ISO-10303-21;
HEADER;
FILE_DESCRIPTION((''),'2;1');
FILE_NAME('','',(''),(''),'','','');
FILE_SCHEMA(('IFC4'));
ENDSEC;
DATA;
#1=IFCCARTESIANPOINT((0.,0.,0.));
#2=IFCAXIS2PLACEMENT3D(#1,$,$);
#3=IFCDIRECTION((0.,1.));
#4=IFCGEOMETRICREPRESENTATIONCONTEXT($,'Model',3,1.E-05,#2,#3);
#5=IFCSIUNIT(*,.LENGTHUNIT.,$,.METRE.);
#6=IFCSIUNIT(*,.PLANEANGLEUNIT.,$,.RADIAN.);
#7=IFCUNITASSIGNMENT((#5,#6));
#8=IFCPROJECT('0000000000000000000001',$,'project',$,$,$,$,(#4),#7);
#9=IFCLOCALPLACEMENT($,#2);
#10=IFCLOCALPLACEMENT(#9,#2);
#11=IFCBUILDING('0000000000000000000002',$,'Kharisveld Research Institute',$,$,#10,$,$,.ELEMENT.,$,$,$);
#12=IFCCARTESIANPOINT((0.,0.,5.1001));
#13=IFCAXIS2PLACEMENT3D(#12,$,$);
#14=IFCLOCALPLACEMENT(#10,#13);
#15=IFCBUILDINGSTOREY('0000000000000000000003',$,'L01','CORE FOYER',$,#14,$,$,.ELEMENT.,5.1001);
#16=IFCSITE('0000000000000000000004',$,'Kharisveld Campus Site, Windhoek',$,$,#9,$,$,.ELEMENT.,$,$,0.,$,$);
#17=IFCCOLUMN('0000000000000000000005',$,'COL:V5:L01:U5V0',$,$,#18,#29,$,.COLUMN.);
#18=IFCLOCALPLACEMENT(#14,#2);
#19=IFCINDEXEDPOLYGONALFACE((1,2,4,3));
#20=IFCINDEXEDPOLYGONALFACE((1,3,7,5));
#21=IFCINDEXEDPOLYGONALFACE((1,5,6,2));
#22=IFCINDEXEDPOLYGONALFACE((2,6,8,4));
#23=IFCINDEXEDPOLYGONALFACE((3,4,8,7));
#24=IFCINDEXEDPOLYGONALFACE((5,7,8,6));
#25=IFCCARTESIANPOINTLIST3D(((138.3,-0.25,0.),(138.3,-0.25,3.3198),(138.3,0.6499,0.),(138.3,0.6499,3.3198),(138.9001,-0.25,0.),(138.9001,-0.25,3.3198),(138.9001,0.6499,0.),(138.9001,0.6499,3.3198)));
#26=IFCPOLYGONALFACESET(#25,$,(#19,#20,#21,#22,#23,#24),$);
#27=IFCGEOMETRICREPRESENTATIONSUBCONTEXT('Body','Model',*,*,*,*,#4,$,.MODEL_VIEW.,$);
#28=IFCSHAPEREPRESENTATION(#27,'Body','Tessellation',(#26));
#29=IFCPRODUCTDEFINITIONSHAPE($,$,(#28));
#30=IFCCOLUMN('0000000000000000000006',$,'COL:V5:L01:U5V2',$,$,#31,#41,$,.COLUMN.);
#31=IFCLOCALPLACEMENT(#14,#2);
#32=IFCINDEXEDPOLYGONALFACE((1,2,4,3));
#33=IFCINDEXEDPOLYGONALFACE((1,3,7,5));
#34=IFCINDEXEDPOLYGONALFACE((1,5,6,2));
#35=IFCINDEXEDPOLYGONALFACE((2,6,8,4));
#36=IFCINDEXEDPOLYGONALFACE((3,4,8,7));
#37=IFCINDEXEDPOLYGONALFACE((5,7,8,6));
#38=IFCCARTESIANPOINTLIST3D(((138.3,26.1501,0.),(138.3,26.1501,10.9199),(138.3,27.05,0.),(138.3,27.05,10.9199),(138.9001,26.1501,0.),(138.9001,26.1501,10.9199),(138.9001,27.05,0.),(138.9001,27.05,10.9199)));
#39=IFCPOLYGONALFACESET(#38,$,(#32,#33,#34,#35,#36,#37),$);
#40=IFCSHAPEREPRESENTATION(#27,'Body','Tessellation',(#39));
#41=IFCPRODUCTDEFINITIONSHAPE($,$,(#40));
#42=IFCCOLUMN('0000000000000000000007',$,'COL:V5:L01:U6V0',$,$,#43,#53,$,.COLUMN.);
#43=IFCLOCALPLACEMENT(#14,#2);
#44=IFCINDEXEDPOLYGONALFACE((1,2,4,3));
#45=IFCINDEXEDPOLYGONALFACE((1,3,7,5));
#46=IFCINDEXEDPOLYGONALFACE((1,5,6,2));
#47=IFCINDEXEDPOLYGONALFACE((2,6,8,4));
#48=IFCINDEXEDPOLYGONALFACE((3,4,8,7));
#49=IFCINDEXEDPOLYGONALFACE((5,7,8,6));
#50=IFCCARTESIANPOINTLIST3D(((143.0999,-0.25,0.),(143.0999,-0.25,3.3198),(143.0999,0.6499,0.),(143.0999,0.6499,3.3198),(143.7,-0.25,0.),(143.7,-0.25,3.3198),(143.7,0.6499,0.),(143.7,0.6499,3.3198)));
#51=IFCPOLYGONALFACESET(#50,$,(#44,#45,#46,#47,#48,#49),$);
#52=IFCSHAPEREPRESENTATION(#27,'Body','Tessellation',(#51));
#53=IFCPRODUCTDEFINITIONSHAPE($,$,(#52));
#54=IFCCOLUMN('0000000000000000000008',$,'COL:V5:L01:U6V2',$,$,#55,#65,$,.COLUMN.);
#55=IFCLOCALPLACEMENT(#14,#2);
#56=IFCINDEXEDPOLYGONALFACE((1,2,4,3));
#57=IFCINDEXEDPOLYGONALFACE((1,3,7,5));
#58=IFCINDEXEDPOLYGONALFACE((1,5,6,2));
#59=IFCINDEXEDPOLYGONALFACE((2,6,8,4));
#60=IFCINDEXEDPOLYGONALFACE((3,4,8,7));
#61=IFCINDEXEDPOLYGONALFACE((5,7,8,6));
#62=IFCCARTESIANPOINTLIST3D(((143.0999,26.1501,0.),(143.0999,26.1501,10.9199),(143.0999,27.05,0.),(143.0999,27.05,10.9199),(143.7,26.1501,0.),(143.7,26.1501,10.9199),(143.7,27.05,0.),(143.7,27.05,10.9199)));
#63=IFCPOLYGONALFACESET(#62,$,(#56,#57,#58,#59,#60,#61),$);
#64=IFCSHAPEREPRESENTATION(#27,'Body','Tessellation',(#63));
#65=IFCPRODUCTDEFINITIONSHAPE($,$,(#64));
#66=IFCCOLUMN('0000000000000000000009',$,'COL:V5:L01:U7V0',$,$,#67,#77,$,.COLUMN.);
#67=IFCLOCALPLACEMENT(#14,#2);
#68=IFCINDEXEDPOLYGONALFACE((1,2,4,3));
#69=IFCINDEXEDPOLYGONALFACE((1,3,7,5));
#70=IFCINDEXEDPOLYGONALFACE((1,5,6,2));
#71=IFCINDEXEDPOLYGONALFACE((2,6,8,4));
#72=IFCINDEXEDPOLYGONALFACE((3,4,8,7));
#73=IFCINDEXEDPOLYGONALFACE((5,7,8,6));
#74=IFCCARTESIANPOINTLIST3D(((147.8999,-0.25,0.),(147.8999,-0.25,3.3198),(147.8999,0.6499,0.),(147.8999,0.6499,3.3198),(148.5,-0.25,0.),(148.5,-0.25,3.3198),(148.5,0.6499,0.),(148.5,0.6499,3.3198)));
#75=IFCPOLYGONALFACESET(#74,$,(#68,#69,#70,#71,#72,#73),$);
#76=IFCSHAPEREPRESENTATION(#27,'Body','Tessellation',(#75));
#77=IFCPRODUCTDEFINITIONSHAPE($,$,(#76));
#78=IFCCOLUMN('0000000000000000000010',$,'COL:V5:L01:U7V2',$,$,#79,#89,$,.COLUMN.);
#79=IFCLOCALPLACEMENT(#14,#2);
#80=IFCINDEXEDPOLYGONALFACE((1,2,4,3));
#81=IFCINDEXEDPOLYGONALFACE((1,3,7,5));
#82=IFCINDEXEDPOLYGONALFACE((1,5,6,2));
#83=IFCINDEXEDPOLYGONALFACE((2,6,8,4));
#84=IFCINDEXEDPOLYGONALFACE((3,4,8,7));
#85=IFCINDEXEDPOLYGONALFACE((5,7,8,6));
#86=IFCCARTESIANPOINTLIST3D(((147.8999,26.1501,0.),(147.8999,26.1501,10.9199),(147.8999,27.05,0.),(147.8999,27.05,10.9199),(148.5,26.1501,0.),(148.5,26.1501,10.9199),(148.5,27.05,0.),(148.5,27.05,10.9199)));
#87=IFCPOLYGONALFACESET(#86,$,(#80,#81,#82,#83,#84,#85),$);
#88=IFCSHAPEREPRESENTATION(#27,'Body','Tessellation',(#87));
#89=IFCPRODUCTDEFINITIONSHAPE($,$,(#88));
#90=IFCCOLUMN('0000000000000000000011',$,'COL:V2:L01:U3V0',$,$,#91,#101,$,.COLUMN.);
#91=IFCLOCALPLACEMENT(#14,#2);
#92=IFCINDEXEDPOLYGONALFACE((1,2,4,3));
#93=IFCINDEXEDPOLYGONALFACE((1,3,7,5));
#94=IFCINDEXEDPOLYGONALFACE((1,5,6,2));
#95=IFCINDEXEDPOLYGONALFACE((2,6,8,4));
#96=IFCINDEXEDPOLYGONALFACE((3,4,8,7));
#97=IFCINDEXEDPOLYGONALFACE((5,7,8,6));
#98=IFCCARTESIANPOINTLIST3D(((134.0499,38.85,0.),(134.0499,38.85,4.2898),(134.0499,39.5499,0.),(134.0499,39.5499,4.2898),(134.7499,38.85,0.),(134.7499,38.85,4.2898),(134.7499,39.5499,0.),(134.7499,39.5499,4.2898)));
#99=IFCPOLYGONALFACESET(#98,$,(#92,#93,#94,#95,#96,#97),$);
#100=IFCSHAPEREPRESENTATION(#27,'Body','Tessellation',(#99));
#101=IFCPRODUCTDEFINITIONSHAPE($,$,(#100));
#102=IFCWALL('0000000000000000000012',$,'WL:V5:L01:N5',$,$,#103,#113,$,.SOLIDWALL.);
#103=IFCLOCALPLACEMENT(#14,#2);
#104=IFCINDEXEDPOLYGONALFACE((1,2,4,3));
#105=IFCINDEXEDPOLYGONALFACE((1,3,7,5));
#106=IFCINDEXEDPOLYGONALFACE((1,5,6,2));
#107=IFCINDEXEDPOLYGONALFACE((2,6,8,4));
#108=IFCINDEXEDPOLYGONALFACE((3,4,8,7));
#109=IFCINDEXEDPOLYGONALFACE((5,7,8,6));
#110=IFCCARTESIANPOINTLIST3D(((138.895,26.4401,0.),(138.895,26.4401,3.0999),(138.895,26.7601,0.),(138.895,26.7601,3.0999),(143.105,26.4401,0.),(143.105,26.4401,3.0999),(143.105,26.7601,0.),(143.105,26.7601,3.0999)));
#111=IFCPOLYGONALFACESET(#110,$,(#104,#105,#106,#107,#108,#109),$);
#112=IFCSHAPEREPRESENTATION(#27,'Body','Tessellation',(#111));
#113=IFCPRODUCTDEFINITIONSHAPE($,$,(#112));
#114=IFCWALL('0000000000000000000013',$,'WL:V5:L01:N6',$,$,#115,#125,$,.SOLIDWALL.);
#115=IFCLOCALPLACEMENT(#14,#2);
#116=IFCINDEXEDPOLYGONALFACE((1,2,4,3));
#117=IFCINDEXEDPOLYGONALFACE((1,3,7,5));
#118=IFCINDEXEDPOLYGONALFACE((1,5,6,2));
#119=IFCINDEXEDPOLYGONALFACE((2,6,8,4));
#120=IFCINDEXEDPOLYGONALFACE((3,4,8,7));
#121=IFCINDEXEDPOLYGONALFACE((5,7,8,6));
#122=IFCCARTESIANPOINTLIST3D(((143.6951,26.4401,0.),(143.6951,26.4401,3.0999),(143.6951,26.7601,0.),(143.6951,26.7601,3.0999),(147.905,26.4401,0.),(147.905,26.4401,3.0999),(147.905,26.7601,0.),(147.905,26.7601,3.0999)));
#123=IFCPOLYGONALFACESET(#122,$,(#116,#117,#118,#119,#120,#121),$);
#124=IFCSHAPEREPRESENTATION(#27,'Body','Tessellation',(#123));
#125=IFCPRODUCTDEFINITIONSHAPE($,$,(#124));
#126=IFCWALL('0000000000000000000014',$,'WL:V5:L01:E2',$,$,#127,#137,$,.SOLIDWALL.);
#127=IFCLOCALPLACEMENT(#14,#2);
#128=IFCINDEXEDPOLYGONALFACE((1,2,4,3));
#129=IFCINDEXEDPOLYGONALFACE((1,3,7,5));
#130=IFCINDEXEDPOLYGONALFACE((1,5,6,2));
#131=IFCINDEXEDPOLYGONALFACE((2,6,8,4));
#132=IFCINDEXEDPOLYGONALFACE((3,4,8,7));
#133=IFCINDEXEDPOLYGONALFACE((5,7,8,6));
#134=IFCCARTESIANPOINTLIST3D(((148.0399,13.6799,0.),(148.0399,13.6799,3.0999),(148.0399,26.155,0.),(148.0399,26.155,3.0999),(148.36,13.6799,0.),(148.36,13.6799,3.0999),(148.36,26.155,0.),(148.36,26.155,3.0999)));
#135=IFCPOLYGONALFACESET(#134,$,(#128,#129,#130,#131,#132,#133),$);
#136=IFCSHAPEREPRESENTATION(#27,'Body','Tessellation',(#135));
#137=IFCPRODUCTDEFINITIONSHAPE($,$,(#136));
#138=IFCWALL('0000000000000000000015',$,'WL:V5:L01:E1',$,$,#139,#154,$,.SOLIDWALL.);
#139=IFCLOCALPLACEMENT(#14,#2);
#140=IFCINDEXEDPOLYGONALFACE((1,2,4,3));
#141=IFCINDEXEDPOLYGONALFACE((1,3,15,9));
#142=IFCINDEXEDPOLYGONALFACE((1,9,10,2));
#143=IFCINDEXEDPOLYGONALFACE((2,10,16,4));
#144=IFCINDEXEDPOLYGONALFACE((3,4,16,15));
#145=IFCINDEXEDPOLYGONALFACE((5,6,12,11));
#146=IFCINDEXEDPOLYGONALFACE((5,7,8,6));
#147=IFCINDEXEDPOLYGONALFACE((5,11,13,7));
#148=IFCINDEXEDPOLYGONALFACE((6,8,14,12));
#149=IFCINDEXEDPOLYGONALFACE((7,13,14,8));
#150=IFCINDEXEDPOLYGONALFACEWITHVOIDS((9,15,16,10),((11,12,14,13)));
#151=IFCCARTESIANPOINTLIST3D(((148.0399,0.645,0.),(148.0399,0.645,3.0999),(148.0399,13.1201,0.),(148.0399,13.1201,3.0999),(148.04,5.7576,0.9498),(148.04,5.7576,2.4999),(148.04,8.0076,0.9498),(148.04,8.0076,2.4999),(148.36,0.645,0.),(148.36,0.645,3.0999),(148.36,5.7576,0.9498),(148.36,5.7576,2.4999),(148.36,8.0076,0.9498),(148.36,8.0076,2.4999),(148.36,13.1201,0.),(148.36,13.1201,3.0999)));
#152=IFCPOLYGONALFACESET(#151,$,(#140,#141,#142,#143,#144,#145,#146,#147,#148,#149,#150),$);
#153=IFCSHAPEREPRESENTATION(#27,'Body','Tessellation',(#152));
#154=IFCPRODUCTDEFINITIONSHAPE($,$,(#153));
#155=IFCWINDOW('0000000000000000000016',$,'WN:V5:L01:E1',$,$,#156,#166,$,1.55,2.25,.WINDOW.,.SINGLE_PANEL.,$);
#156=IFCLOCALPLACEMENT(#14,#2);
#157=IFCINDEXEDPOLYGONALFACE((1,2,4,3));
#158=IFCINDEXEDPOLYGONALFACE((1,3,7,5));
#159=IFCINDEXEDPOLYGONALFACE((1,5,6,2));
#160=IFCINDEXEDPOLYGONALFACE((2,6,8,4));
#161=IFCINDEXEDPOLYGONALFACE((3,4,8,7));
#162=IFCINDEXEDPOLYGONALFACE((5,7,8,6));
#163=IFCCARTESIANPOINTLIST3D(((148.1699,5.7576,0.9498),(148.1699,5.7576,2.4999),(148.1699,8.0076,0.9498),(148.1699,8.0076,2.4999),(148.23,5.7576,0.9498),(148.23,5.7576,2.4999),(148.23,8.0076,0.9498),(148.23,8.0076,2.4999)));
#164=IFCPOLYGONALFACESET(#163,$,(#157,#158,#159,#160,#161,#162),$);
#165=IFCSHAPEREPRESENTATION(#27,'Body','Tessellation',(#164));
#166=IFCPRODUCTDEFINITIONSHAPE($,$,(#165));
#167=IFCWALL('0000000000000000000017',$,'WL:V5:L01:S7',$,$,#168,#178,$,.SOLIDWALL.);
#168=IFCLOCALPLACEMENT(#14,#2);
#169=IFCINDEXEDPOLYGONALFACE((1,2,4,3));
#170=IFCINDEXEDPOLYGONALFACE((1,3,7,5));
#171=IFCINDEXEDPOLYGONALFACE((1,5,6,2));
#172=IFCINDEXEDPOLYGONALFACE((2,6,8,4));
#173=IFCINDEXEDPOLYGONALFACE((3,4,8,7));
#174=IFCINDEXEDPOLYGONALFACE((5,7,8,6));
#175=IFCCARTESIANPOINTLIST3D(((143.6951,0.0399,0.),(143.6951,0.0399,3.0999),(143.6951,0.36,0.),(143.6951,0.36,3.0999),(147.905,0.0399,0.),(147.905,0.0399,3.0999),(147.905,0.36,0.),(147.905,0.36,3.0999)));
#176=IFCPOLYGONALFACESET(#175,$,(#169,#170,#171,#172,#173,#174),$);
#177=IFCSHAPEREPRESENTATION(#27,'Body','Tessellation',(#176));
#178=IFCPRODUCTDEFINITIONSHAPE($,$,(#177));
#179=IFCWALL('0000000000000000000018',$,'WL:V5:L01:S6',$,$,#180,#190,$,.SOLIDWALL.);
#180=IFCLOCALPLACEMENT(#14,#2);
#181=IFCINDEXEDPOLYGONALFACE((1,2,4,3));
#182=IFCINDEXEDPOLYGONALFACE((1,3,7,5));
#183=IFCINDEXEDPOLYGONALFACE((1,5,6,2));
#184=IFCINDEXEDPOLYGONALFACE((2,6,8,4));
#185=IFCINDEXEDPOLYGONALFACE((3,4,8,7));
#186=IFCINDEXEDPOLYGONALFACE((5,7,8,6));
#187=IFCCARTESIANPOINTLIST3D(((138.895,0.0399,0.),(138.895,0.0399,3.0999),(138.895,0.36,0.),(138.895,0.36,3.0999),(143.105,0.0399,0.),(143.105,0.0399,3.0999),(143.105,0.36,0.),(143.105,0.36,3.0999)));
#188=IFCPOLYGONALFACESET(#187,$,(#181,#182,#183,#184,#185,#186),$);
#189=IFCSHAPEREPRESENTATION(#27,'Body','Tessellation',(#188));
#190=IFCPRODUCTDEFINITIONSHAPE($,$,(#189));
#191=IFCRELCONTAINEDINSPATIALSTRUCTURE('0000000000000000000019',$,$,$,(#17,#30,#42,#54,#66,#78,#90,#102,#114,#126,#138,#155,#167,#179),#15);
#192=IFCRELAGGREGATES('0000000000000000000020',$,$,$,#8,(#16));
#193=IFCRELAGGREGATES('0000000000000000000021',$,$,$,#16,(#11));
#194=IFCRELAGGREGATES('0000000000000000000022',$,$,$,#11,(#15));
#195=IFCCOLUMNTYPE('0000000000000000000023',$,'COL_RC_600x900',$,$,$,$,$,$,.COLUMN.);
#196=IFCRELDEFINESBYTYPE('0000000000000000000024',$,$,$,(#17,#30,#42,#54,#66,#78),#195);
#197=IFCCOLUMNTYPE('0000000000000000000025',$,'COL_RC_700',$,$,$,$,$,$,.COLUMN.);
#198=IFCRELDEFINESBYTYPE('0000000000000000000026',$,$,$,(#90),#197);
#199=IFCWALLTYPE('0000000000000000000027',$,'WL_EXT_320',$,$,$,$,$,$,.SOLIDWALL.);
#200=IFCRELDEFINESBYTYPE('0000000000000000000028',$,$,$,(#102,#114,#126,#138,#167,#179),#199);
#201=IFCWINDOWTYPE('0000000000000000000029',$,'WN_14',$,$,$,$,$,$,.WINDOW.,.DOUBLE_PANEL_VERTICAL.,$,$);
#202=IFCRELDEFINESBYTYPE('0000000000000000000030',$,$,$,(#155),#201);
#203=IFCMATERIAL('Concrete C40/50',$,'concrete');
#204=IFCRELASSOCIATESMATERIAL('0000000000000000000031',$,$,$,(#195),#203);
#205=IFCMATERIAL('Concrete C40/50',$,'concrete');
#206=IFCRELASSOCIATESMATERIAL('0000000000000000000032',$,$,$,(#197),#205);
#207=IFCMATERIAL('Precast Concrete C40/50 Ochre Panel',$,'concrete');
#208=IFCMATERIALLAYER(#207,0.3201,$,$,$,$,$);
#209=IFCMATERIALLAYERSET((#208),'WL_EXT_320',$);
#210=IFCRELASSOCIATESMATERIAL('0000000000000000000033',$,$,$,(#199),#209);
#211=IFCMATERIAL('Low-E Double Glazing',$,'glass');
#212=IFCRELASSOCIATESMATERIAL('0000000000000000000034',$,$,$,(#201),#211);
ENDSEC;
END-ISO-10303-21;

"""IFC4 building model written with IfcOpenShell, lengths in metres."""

from ifc_helpers import new_model, si_unit, direction, frame, frame_2d, origin, origin_2d, place, context, subcontext, project, spatial, rectangle, extrude, material, layer, layer_set, material_profile, profile_set, type_object, element, fill, save


model = new_model("IFC4")

# Units and contexts
model_context = context("Model", 3, precision=1e-05, world=origin(), true_north=direction((0.0, 1.0)))
body_context = subcontext(model_context, "Body", "Model", "MODEL_VIEW")
ifc_project = project(units=[si_unit("LENGTHUNIT", "METRE"), si_unit("PLANEANGLEUNIT", "RADIAN")], contexts=[model_context])

# Site, building, storey
site_placement = place(None, origin())
site = spatial("IfcSite", under=ifc_project, at=site_placement, Name="Kharisveld Campus Site, Windhoek", CompositionType="ELEMENT", RefElevation=0.0)
building_placement = place(site_placement, origin())
building = spatial("IfcBuilding", under=site, at=building_placement, Name="Kharisveld Research Institute", CompositionType="ELEMENT")
storey_placement = place(building_placement, frame((0.0, 0.0, 5.1001)))
storey = spatial("IfcBuildingStorey", under=building, at=storey_placement, Name="L01", Description="CORE FOYER", CompositionType="ELEMENT", Elevation=5.1001)

# Columns
ifc_material_1 = material(Name="Concrete C40/50", Category="concrete")
ifc_material_profile_1 = material_profile(ifc_material_1, rectangle(XDim=0.6001, YDim=0.8999, at=origin_2d()))
ifc_profile_set_1 = profile_set([ifc_material_profile_1], Name="Concrete C40/50")
column_type_1 = type_object("IfcColumnType", Name="COL_RC_600x900", PredefinedType="COLUMN", material=ifc_profile_set_1)
column_1_placement = place(storey_placement, frame((138.6001, 0.2, 0.0), z_axis=(0.0, 0.0, 1.0), x_axis=(1.0, 0.0, 0.0)))
element("IfcColumn", 1, at=column_1_placement, inside=storey, type_object=column_type_1, Name="COL:V5:L01:U5V0", PredefinedType="COLUMN", context=body_context, shape_type="SweptSolid", body=[
    extrude(rectangle(XDim=0.6001, YDim=0.8999, at=origin_2d()), origin(), (0.0, 0.0, 1.0), 3.3198),
])
column_2_placement = place(storey_placement, frame((138.6001, 26.6001, 0.0), z_axis=(0.0, 0.0, 1.0), x_axis=(1.0, 0.0, 0.0)))
element("IfcColumn", 2, at=column_2_placement, inside=storey, type_object=column_type_1, Name="COL:V5:L01:U5V2", PredefinedType="COLUMN", context=body_context, shape_type="SweptSolid", body=[
    extrude(rectangle(XDim=0.6001, YDim=0.8999, at=origin_2d()), origin(), (0.0, 0.0, 1.0), 10.9199),
])
column_3_placement = place(storey_placement, frame((143.3999, 0.2, 0.0), z_axis=(0.0, 0.0, 1.0), x_axis=(1.0, 0.0, 0.0)))
element("IfcColumn", 3, at=column_3_placement, inside=storey, type_object=column_type_1, Name="COL:V5:L01:U6V0", PredefinedType="COLUMN", context=body_context, shape_type="SweptSolid", body=[
    extrude(rectangle(XDim=0.6001, YDim=0.8999, at=origin_2d()), origin(), (0.0, 0.0, 1.0), 3.3198),
])
column_4_placement = place(storey_placement, frame((143.3999, 26.6001, 0.0), z_axis=(0.0, 0.0, 1.0), x_axis=(1.0, 0.0, 0.0)))
element("IfcColumn", 4, at=column_4_placement, inside=storey, type_object=column_type_1, Name="COL:V5:L01:U6V2", PredefinedType="COLUMN", context=body_context, shape_type="SweptSolid", body=[
    extrude(rectangle(XDim=0.6001, YDim=0.8999, at=origin_2d()), origin(), (0.0, 0.0, 1.0), 10.9199),
])
column_5_placement = place(storey_placement, frame((148.2, 0.2, 0.0), z_axis=(0.0, 0.0, 1.0), x_axis=(1.0, 0.0, 0.0)))
element("IfcColumn", 5, at=column_5_placement, inside=storey, type_object=column_type_1, Name="COL:V5:L01:U7V0", PredefinedType="COLUMN", context=body_context, shape_type="SweptSolid", body=[
    extrude(rectangle(XDim=0.6001, YDim=0.8999, at=origin_2d()), origin(), (0.0, 0.0, 1.0), 3.3198),
])
column_6_placement = place(storey_placement, frame((148.2, 26.6001, 0.0), z_axis=(0.0, 0.0, 1.0), x_axis=(1.0, 0.0, 0.0)))
element("IfcColumn", 6, at=column_6_placement, inside=storey, type_object=column_type_1, Name="COL:V5:L01:U7V2", PredefinedType="COLUMN", context=body_context, shape_type="SweptSolid", body=[
    extrude(rectangle(XDim=0.6001, YDim=0.8999, at=origin_2d()), origin(), (0.0, 0.0, 1.0), 10.9199),
])
ifc_material_2 = material(Name="Concrete C40/50", Category="concrete")
ifc_material_profile_2 = material_profile(ifc_material_2, rectangle(XDim=0.7, YDim=0.7, at=origin_2d()))
ifc_profile_set_2 = profile_set([ifc_material_profile_2], Name="Concrete C40/50")
column_type_2 = type_object("IfcColumnType", Name="COL_RC_700", PredefinedType="COLUMN", material=ifc_profile_set_2)
column_7_placement = place(storey_placement, frame((134.3999, 39.2, 0.0), z_axis=(0.0, 0.0, 1.0), x_axis=(1.0, 0.0, 0.0)))
element("IfcColumn", 7, at=column_7_placement, inside=storey, type_object=column_type_2, Name="COL:V2:L01:U3V0", PredefinedType="COLUMN", context=body_context, shape_type="SweptSolid", body=[
    extrude(rectangle(XDim=0.7, YDim=0.7, at=origin_2d()), origin(), (0.0, 0.0, 1.0), 4.2898),
])

# Walls
ifc_material_3 = material(Name="Precast Concrete C40/50 Ochre Panel", Category="concrete")
ifc_layer = layer(ifc_material_3, 0.3201)
ifc_layer_set = layer_set([ifc_layer], Name="WL_EXT_320")
wall_type = type_object("IfcWallType", Name="WL_EXT_320", PredefinedType="SOLIDWALL", material=ifc_layer_set)
for number, where, z_axis, x_axis, name in (
    (8, (138.895, 26.6001, 0.0), (0.0, 0.0, 1.0), (1.0, 0.0, 0.0), "WL:V5:L01:N5"),
    (9, (143.6951, 26.6001, 0.0), (0.0, 0.0, 1.0), (1.0, 0.0, 0.0), "WL:V5:L01:N6"),
):
    element("IfcWall", number, at=place(storey_placement, frame(where, z_axis=z_axis, x_axis=x_axis)), inside=storey, type_object=wall_type, Name=name, PredefinedType="SOLIDWALL", context=body_context, shape_type="SweptSolid", body=[
        extrude(rectangle(XDim=4.21, YDim=0.3201, at=frame_2d((2.105, 0.0))), origin(), (0.0, 0.0, 1.0), 3.0999),
    ])
wall_1_placement = place(storey_placement, frame((148.2, 26.155, 0.0), z_axis=(0.0, 0.0, 1.0), x_axis=(0.0, -1.0, 0.0)))
element("IfcWall", 10, at=wall_1_placement, inside=storey, type_object=wall_type, Name="WL:V5:L01:E2", PredefinedType="SOLIDWALL", context=body_context, shape_type="SweptSolid", body=[
    extrude(rectangle(XDim=12.4751, YDim=0.3201, at=frame_2d((6.2375, 0.0))), origin(), (0.0, 0.0, 1.0), 3.0999),
])

# Wall, opening, window
wall_2_placement = place(storey_placement, frame((148.2, 13.1201, 0.0), z_axis=(0.0, 0.0, 1.0), x_axis=(0.0, -1.0, 0.0)))
wall_2 = element("IfcWall", 11, at=wall_2_placement, inside=storey, type_object=wall_type, Name="WL:V5:L01:E1", PredefinedType="SOLIDWALL", context=body_context, shape_type="SweptSolid", body=[
    extrude(rectangle(XDim=12.4751, YDim=0.3201, at=frame_2d((6.2375, 0.0))), origin(), (0.0, 0.0, 1.0), 3.0999),
])
opening_placement = place(wall_2_placement, frame((5.1125, 0.0, 0.95)))
opening = element("IfcOpeningElement", 12, at=opening_placement, cuts=wall_2, PredefinedType="OPENING", context=body_context, shape_type="SweptSolid", body=[
    extrude(rectangle(XDim=2.25, YDim=1.55, at=frame_2d((1.125, 0.7749))), frame((0.0, 0.1602, 0.0), z_axis=(0.0, -1.0, 0.0), x_axis=(1.0, 0.0, 0.0)), (0.0, 0.0, 1.0), 0.3201),
])
ifc_material_4 = material(Name="Low-E Double Glazing", Category="glass")
window_type = type_object("IfcWindowType", Name="WN_14", PartitioningType="DOUBLE_PANEL_VERTICAL", PredefinedType="WINDOW", material=ifc_material_4)
window_placement = place(opening_placement, origin())
window = element("IfcWindow", 13, at=window_placement, inside=storey, type_object=window_type, Name="WN:V5:L01:E1", OverallHeight=1.55, OverallWidth=2.25, PartitioningType="SINGLE_PANEL", PredefinedType="WINDOW", context=body_context, shape_type="SweptSolid", body=[
    extrude(rectangle(XDim=2.25, YDim=1.55, at=frame_2d((1.125, 0.7749))), frame((0.0, 0.03, 0.0), z_axis=(0.0, -1.0, 0.0), x_axis=(1.0, 0.0, 0.0)), (0.0, 0.0, 1.0), 0.0601),
])
fill(opening, window)

# Walls
for number, where, z_axis, x_axis, name in (
    (14, (147.905, 0.2, 0.0), (0.0, 0.0, 1.0), (-1.0, 0.0, 0.0), "WL:V5:L01:S7"),
    (15, (143.105, 0.2, 0.0), (0.0, 0.0, 1.0), (-1.0, 0.0, 0.0), "WL:V5:L01:S6"),
):
    element("IfcWall", number, at=place(storey_placement, frame(where, z_axis=z_axis, x_axis=x_axis)), inside=storey, type_object=wall_type, Name=name, PredefinedType="SOLIDWALL", context=body_context, shape_type="SweptSolid", body=[
        extrude(rectangle(XDim=4.21, YDim=0.3201, at=frame_2d((2.105, 0.0))), origin(), (0.0, 0.0, 1.0), 3.0999),
    ])

save(model, "model.ifc")
